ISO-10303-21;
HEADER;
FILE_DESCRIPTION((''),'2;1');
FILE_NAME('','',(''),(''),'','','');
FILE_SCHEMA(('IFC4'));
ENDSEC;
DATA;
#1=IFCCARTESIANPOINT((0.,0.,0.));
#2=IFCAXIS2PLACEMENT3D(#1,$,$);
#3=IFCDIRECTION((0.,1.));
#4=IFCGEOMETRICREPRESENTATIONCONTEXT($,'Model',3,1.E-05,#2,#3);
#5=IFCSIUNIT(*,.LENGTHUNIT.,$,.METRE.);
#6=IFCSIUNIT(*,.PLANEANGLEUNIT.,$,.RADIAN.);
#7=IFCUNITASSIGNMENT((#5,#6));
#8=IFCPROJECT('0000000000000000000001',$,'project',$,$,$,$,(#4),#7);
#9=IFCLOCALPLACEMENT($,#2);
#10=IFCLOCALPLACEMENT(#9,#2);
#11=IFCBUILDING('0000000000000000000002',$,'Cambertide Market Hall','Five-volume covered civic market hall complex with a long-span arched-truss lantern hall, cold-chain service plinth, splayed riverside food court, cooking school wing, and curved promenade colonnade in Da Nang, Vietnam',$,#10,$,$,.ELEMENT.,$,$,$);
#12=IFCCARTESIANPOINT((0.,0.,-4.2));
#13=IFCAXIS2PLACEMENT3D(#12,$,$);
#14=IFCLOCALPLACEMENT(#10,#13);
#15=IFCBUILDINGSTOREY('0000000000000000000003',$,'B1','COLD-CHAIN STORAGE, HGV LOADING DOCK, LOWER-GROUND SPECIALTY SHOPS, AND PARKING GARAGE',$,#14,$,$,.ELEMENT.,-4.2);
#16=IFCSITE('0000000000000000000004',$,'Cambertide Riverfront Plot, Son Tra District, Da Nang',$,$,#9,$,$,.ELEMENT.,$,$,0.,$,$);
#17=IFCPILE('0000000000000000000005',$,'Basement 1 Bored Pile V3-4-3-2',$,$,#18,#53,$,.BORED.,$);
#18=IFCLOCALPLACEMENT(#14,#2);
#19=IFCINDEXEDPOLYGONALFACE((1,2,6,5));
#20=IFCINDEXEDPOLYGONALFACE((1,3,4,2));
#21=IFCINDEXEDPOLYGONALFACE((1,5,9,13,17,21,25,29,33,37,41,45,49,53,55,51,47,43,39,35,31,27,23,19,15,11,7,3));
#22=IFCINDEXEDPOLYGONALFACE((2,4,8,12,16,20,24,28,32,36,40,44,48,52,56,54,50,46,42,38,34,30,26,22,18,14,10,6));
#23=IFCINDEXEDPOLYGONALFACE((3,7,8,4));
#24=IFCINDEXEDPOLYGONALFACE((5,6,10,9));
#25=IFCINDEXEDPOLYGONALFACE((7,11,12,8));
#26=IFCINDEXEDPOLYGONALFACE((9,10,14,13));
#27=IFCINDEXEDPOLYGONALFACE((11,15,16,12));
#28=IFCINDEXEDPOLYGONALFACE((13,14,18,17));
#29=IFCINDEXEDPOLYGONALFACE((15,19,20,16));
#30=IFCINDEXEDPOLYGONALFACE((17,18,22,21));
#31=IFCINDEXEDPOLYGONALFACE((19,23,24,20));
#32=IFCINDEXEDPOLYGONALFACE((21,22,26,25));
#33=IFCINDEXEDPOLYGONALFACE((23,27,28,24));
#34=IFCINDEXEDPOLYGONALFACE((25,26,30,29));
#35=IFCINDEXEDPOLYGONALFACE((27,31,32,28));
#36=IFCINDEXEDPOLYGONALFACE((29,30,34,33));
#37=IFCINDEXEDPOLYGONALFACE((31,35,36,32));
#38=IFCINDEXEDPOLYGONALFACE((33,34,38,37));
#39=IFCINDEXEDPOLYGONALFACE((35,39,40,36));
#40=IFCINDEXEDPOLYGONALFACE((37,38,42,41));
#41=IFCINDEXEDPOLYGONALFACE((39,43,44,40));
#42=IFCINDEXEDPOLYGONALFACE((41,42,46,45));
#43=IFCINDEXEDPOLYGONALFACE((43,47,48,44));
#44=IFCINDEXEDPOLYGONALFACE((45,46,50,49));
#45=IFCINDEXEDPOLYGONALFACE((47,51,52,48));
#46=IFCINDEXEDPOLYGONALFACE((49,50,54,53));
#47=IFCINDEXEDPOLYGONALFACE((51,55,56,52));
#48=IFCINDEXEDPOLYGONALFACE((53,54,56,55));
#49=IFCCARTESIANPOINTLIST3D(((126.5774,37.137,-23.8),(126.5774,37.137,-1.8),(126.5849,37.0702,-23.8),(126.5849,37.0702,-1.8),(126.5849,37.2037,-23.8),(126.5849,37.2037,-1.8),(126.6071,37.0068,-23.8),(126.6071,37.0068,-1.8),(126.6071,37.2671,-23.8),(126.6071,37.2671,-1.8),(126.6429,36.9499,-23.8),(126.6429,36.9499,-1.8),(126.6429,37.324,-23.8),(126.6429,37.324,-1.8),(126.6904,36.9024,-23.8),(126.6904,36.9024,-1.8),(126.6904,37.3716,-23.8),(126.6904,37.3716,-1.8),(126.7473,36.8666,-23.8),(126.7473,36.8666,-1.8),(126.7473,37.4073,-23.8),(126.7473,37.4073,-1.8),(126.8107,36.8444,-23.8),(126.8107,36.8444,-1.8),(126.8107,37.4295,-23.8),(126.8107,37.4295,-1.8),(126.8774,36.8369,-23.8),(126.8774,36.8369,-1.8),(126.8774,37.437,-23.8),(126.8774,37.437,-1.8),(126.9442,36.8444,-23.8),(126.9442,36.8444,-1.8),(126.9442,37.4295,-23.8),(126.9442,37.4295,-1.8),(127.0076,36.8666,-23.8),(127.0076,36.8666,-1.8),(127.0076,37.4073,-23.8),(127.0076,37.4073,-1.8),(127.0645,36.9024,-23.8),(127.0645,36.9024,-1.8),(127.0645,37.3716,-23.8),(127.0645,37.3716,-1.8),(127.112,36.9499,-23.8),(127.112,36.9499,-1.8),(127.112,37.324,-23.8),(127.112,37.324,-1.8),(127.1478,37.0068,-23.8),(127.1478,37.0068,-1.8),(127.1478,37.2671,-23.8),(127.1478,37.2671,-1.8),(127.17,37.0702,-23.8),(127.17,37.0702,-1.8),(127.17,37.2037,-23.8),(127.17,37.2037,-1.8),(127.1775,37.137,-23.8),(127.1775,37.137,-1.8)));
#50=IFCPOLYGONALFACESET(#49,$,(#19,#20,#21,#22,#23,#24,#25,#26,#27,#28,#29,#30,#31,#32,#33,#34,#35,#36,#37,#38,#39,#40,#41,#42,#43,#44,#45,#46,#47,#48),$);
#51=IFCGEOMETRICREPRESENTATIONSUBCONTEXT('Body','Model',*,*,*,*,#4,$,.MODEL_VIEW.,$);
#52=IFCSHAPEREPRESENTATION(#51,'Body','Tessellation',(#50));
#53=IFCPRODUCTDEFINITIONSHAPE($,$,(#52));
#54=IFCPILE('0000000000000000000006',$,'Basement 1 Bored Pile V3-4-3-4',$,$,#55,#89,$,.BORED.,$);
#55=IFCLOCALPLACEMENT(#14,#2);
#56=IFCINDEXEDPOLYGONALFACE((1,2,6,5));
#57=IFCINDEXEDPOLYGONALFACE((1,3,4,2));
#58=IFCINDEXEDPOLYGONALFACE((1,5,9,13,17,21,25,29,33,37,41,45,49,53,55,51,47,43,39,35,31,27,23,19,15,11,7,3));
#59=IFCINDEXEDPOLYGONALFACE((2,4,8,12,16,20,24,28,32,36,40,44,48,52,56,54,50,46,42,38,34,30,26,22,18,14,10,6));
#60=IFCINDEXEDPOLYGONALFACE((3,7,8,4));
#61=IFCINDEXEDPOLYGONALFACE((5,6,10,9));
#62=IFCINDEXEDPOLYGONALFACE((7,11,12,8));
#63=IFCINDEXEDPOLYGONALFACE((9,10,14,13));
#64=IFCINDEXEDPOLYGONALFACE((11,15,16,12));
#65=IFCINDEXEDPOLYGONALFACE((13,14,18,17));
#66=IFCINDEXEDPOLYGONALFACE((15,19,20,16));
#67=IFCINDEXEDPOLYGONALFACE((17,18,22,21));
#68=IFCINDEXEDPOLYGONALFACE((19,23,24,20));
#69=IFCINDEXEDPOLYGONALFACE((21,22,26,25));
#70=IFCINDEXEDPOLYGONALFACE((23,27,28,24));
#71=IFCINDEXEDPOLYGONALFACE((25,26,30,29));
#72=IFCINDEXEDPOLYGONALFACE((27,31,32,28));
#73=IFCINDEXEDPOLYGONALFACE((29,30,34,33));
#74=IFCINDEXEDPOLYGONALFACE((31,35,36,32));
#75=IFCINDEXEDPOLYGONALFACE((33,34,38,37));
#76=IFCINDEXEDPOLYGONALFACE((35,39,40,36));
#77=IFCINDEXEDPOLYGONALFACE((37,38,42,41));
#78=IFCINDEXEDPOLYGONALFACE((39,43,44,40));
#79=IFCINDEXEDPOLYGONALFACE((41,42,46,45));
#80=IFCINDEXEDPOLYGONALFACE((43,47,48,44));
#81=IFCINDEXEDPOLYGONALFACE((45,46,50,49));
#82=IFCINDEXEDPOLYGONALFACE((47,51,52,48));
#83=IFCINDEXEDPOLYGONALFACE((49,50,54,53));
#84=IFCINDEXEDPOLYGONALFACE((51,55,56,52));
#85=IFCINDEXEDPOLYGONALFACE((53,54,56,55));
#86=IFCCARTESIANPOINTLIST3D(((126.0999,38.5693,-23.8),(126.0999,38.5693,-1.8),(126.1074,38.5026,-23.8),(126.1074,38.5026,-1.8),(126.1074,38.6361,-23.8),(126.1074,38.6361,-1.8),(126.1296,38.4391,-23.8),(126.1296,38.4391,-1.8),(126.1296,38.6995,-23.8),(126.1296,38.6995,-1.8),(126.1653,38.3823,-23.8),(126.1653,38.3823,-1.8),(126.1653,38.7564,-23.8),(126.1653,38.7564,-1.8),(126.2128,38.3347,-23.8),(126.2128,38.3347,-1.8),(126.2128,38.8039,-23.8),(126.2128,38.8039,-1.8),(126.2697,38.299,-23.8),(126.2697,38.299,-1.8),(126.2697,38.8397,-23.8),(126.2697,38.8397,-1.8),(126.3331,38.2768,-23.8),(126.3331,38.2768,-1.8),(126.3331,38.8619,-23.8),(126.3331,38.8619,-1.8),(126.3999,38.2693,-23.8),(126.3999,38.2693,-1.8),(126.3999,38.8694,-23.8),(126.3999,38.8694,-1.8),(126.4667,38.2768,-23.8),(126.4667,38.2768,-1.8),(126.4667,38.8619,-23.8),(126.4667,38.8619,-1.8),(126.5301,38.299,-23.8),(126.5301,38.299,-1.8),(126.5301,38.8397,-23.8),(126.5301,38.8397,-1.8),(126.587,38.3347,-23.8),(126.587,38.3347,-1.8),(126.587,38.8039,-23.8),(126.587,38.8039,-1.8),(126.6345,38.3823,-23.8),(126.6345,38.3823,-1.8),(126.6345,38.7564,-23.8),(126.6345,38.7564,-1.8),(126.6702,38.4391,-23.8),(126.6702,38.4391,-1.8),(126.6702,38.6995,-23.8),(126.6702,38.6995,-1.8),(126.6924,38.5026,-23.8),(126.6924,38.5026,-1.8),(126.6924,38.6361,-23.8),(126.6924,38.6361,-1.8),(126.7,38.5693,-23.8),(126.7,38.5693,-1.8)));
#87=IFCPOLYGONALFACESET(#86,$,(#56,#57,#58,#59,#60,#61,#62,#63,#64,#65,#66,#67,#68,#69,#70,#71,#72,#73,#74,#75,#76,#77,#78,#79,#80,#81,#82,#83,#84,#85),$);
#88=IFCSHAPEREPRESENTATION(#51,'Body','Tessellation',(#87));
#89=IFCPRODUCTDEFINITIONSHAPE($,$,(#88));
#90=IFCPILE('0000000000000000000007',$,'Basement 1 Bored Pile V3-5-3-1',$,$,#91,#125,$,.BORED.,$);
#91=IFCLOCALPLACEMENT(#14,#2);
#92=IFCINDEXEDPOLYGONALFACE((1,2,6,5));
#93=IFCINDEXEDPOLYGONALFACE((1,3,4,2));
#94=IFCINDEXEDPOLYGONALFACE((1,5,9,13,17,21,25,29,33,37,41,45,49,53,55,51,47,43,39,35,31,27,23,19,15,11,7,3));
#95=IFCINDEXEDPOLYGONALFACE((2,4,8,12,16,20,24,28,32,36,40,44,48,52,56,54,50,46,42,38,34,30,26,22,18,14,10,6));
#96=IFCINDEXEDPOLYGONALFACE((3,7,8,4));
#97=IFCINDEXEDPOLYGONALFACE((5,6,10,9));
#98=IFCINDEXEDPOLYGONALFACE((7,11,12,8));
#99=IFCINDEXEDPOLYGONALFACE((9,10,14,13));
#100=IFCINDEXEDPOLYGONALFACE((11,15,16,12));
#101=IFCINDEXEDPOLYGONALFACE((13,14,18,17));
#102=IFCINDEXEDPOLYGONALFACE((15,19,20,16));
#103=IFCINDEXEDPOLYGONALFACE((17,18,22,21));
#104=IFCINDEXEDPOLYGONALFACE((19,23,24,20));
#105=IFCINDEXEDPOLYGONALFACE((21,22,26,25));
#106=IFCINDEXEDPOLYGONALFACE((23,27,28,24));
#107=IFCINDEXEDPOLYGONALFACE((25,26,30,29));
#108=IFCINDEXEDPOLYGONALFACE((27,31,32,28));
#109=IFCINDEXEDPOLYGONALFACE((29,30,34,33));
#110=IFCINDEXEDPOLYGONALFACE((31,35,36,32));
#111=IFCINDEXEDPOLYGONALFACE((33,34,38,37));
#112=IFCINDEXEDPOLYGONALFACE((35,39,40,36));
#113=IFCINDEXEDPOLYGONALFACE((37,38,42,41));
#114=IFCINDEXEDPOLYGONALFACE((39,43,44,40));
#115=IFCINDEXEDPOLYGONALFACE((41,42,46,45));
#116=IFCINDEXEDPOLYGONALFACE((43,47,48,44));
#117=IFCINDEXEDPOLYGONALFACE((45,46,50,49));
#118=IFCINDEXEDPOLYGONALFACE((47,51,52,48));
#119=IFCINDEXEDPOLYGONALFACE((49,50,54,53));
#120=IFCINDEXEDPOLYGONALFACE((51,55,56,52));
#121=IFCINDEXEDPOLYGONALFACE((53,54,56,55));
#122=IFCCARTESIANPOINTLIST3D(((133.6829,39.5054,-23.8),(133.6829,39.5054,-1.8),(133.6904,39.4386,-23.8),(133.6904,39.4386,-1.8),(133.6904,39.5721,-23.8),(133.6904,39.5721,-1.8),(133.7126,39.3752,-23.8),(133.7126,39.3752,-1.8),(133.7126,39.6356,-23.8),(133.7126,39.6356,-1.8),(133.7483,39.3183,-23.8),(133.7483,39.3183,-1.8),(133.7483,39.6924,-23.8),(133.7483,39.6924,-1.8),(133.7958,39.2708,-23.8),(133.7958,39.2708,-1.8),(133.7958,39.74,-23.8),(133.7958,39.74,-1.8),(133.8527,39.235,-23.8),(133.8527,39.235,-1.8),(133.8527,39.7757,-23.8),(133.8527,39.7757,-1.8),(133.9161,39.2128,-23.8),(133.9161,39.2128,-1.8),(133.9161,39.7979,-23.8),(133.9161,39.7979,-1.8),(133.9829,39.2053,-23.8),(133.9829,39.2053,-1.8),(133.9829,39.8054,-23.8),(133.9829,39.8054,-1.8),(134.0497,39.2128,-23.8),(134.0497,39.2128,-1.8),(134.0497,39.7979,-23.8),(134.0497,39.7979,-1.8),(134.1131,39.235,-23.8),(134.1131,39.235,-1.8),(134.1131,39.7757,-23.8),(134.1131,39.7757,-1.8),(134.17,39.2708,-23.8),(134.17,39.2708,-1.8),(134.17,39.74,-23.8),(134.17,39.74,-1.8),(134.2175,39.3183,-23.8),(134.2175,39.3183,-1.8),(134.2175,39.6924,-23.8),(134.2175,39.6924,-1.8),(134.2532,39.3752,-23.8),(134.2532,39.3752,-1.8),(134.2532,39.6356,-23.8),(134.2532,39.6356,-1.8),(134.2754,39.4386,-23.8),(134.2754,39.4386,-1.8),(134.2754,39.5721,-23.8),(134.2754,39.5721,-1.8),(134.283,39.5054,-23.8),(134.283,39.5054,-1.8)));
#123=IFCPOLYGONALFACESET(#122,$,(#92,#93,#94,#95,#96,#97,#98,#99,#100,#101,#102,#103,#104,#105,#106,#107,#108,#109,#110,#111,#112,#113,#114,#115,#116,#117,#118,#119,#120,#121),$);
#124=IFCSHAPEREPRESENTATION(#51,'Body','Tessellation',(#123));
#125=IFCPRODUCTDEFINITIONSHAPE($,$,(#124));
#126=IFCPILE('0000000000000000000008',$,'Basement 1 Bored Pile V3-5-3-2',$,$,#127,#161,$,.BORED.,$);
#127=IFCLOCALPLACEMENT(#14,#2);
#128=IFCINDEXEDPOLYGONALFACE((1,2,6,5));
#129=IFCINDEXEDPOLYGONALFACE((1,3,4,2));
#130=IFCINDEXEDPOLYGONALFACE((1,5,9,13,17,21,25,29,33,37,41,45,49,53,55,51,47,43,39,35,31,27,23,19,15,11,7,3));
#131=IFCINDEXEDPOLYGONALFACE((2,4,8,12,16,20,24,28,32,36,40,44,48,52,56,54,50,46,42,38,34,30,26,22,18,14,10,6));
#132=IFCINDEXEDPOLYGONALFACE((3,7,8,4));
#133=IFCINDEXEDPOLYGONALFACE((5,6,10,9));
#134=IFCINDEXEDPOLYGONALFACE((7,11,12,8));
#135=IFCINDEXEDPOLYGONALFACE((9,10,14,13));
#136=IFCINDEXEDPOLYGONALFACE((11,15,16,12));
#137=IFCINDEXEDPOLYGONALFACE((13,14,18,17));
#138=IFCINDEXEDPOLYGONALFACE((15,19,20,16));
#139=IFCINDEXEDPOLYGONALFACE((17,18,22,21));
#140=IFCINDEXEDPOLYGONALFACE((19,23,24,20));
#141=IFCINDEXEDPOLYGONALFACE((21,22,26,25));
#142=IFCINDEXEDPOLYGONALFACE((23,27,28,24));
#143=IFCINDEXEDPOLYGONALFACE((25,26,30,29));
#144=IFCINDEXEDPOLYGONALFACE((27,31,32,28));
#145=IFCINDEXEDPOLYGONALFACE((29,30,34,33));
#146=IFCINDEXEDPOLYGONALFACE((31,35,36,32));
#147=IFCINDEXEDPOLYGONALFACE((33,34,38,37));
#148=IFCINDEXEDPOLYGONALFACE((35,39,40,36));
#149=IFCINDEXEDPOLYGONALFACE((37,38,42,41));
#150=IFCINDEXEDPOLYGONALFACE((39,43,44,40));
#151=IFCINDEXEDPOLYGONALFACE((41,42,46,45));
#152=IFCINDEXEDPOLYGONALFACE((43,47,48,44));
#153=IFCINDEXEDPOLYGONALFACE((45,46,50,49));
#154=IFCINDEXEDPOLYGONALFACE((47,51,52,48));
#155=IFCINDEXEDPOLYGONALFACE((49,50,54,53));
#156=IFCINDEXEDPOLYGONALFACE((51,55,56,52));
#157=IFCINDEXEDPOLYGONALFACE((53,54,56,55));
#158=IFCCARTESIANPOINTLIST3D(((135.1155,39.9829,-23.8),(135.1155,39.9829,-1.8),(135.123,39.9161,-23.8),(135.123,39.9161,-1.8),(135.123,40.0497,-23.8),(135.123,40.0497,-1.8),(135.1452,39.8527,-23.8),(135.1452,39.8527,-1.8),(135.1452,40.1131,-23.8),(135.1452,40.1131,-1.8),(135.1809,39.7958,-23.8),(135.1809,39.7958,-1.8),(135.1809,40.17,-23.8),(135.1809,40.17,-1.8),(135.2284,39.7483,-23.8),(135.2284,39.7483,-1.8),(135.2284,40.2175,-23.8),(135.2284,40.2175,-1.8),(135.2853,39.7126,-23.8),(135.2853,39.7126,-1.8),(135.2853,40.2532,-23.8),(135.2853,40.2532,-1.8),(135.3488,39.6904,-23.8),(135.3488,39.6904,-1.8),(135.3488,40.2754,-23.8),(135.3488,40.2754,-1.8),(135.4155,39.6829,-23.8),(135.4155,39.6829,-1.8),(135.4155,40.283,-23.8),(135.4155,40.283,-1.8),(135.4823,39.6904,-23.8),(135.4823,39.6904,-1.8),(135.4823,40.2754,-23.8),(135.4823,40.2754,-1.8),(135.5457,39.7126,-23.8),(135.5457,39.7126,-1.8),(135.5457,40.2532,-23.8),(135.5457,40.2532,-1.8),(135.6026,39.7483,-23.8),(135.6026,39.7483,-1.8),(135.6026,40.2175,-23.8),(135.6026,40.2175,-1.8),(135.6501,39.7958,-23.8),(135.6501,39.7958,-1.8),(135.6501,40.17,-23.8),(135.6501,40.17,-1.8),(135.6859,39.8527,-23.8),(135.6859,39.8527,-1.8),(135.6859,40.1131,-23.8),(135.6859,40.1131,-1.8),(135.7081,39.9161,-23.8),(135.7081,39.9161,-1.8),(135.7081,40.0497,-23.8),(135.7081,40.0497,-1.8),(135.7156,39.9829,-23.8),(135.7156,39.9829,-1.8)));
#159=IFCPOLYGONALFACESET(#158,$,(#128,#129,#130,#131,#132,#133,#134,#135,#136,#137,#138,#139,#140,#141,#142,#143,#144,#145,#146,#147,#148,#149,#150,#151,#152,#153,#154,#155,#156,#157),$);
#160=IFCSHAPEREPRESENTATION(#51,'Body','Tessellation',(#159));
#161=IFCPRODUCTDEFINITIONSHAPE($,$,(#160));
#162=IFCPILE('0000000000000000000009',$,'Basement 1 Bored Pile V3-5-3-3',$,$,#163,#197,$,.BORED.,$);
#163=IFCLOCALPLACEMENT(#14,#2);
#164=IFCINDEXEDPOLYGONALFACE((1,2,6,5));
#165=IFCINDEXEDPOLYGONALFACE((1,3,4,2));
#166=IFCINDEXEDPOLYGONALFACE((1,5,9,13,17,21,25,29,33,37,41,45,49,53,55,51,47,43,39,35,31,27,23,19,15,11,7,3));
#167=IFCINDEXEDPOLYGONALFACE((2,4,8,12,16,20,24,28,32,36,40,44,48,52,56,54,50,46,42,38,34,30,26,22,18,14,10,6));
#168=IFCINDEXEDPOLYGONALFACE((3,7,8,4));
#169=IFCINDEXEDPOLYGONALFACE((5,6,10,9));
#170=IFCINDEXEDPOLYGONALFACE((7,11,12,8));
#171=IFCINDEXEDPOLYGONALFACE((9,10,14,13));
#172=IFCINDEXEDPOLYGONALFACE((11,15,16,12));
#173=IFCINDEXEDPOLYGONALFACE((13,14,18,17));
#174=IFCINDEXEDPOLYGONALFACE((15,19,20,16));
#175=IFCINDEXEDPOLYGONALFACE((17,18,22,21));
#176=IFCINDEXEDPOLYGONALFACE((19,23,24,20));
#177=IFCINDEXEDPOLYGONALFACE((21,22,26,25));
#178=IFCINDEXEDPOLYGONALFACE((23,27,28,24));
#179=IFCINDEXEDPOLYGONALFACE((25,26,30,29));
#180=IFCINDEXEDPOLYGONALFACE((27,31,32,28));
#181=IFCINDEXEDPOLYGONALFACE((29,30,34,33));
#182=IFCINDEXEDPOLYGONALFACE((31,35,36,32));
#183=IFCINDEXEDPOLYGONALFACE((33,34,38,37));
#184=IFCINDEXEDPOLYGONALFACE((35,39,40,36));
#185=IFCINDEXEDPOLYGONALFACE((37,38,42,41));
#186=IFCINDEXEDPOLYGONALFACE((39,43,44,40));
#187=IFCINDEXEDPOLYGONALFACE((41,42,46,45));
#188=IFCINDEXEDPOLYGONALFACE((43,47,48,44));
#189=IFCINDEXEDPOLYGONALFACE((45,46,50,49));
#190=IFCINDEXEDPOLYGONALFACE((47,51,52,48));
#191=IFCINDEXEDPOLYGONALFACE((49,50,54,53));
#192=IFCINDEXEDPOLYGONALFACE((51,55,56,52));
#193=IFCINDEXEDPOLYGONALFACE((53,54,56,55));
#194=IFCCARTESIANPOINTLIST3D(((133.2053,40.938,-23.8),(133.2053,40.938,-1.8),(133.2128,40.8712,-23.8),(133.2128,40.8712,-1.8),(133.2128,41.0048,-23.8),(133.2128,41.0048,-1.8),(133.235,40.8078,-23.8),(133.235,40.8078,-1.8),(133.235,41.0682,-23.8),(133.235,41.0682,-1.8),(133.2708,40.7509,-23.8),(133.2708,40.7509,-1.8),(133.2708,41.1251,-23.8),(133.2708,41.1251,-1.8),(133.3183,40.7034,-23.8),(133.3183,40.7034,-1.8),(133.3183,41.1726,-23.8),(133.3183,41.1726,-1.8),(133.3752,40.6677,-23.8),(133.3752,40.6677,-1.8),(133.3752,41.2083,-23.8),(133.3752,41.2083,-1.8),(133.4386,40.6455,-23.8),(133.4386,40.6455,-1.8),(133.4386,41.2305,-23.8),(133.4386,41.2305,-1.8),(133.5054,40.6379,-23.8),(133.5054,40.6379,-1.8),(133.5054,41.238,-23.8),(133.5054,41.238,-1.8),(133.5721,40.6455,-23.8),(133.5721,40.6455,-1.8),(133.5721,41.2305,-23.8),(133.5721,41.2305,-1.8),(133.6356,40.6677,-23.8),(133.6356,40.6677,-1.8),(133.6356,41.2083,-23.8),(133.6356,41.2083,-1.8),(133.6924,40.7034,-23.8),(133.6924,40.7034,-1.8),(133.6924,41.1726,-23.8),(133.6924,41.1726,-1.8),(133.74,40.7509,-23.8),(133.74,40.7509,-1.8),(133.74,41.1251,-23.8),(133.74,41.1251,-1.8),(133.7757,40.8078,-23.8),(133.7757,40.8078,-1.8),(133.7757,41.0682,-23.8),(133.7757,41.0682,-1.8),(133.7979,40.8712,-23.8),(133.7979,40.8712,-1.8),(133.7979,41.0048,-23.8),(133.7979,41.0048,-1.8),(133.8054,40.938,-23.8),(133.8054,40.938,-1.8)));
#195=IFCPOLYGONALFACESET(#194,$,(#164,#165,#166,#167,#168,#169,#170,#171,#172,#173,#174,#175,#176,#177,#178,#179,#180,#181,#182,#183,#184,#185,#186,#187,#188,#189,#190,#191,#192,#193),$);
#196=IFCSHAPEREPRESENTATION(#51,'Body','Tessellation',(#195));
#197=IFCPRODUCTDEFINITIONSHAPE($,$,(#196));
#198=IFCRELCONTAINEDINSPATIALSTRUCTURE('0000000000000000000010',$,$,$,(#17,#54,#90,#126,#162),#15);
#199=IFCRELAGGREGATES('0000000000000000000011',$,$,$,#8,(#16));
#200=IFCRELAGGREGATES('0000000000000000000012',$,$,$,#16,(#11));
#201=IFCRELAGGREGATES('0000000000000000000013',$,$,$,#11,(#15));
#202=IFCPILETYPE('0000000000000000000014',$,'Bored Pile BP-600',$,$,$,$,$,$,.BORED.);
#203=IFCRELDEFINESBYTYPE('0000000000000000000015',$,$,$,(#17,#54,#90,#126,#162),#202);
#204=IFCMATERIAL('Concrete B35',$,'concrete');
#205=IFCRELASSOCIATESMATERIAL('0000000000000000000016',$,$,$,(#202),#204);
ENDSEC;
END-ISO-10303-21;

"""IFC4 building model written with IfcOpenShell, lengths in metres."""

from ifc_helpers import new_model, si_unit, direction, frame, origin, origin_2d, place, context, subcontext, project, spatial, circle, extrude, material, material_profile, profile_set, type_object, element, save


model = new_model("IFC4")

# Units and contexts
model_context = context("Model", 3, precision=1e-05, world=origin(), true_north=direction((0.0, 1.0)))
body_context = subcontext(model_context, "Body", "Model", "MODEL_VIEW")
ifc_project = project(units=[si_unit("LENGTHUNIT", "METRE"), si_unit("PLANEANGLEUNIT", "RADIAN")], contexts=[model_context])

# Site, building, storey
site_placement = place(None, origin())
site = spatial("IfcSite", under=ifc_project, at=site_placement, Name="Cambertide Riverfront Plot, Son Tra District, Da Nang", CompositionType="ELEMENT", RefElevation=0.0)
building_placement = place(site_placement, origin())
building = spatial("IfcBuilding", under=site, at=building_placement, Name="Cambertide Market Hall", Description="Five-volume covered civic market hall complex with a long-span arched-truss lantern hall, cold-chain service plinth, splayed riverside food court, cooking school wing, and curved promenade colonnade in Da Nang, Vietnam", CompositionType="ELEMENT")
storey_placement = place(building_placement, frame((0.0, 0.0, -4.2)))
storey = spatial("IfcBuildingStorey", under=building, at=storey_placement, Name="B1", Description="COLD-CHAIN STORAGE, HGV LOADING DOCK, LOWER-GROUND SPECIALTY SHOPS, AND PARKING GARAGE", CompositionType="ELEMENT", Elevation=-4.2)

# Piles
ifc_material_1 = material(Name="Concrete B35", Category="concrete")
ifc_material_profile_1 = material_profile(ifc_material_1, circle(Radius=0.3, at=origin_2d()), Name="BP D600")
ifc_profile_set_1 = profile_set([ifc_material_profile_1], Name="Concrete B35")
pile_type = type_object("IfcPileType", Name="Bored Pile BP-600", PredefinedType="BORED", material=ifc_profile_set_1)
for number, where, z_axis, x_axis, name in (
    (1, (126.8774, 37.137, -1.8), (0.0, 0.0, -1.0), (1.0, 0.0, 0.0), "Basement 1 Bored Pile V3-4-3-2"),
    (2, (126.3999, 38.5693, -1.8), (0.0, 0.0, -1.0), (1.0, 0.0, 0.0), "Basement 1 Bored Pile V3-4-3-4"),
    (3, (133.9829, 39.5054, -1.8), (0.0, 0.0, -1.0), (1.0, 0.0, 0.0), "Basement 1 Bored Pile V3-5-3-1"),
    (4, (135.4155, 39.9829, -1.8), (0.0, 0.0, -1.0), (1.0, 0.0, 0.0), "Basement 1 Bored Pile V3-5-3-2"),
    (5, (133.5054, 40.938, -1.8), (0.0, 0.0, -1.0), (1.0, 0.0, 0.0), "Basement 1 Bored Pile V3-5-3-3"),
):
    element("IfcPile", number, at=place(storey_placement, frame(where, z_axis=z_axis, x_axis=x_axis)), inside=storey, type_object=pile_type, Name=name, PredefinedType="BORED", context=body_context, shape_type="SweptSolid", body=[
        extrude(circle(Radius=0.3, at=origin_2d()), origin(), (0.0, 0.0, 1.0), 22.0),
    ])

save(model, "model.ifc")
